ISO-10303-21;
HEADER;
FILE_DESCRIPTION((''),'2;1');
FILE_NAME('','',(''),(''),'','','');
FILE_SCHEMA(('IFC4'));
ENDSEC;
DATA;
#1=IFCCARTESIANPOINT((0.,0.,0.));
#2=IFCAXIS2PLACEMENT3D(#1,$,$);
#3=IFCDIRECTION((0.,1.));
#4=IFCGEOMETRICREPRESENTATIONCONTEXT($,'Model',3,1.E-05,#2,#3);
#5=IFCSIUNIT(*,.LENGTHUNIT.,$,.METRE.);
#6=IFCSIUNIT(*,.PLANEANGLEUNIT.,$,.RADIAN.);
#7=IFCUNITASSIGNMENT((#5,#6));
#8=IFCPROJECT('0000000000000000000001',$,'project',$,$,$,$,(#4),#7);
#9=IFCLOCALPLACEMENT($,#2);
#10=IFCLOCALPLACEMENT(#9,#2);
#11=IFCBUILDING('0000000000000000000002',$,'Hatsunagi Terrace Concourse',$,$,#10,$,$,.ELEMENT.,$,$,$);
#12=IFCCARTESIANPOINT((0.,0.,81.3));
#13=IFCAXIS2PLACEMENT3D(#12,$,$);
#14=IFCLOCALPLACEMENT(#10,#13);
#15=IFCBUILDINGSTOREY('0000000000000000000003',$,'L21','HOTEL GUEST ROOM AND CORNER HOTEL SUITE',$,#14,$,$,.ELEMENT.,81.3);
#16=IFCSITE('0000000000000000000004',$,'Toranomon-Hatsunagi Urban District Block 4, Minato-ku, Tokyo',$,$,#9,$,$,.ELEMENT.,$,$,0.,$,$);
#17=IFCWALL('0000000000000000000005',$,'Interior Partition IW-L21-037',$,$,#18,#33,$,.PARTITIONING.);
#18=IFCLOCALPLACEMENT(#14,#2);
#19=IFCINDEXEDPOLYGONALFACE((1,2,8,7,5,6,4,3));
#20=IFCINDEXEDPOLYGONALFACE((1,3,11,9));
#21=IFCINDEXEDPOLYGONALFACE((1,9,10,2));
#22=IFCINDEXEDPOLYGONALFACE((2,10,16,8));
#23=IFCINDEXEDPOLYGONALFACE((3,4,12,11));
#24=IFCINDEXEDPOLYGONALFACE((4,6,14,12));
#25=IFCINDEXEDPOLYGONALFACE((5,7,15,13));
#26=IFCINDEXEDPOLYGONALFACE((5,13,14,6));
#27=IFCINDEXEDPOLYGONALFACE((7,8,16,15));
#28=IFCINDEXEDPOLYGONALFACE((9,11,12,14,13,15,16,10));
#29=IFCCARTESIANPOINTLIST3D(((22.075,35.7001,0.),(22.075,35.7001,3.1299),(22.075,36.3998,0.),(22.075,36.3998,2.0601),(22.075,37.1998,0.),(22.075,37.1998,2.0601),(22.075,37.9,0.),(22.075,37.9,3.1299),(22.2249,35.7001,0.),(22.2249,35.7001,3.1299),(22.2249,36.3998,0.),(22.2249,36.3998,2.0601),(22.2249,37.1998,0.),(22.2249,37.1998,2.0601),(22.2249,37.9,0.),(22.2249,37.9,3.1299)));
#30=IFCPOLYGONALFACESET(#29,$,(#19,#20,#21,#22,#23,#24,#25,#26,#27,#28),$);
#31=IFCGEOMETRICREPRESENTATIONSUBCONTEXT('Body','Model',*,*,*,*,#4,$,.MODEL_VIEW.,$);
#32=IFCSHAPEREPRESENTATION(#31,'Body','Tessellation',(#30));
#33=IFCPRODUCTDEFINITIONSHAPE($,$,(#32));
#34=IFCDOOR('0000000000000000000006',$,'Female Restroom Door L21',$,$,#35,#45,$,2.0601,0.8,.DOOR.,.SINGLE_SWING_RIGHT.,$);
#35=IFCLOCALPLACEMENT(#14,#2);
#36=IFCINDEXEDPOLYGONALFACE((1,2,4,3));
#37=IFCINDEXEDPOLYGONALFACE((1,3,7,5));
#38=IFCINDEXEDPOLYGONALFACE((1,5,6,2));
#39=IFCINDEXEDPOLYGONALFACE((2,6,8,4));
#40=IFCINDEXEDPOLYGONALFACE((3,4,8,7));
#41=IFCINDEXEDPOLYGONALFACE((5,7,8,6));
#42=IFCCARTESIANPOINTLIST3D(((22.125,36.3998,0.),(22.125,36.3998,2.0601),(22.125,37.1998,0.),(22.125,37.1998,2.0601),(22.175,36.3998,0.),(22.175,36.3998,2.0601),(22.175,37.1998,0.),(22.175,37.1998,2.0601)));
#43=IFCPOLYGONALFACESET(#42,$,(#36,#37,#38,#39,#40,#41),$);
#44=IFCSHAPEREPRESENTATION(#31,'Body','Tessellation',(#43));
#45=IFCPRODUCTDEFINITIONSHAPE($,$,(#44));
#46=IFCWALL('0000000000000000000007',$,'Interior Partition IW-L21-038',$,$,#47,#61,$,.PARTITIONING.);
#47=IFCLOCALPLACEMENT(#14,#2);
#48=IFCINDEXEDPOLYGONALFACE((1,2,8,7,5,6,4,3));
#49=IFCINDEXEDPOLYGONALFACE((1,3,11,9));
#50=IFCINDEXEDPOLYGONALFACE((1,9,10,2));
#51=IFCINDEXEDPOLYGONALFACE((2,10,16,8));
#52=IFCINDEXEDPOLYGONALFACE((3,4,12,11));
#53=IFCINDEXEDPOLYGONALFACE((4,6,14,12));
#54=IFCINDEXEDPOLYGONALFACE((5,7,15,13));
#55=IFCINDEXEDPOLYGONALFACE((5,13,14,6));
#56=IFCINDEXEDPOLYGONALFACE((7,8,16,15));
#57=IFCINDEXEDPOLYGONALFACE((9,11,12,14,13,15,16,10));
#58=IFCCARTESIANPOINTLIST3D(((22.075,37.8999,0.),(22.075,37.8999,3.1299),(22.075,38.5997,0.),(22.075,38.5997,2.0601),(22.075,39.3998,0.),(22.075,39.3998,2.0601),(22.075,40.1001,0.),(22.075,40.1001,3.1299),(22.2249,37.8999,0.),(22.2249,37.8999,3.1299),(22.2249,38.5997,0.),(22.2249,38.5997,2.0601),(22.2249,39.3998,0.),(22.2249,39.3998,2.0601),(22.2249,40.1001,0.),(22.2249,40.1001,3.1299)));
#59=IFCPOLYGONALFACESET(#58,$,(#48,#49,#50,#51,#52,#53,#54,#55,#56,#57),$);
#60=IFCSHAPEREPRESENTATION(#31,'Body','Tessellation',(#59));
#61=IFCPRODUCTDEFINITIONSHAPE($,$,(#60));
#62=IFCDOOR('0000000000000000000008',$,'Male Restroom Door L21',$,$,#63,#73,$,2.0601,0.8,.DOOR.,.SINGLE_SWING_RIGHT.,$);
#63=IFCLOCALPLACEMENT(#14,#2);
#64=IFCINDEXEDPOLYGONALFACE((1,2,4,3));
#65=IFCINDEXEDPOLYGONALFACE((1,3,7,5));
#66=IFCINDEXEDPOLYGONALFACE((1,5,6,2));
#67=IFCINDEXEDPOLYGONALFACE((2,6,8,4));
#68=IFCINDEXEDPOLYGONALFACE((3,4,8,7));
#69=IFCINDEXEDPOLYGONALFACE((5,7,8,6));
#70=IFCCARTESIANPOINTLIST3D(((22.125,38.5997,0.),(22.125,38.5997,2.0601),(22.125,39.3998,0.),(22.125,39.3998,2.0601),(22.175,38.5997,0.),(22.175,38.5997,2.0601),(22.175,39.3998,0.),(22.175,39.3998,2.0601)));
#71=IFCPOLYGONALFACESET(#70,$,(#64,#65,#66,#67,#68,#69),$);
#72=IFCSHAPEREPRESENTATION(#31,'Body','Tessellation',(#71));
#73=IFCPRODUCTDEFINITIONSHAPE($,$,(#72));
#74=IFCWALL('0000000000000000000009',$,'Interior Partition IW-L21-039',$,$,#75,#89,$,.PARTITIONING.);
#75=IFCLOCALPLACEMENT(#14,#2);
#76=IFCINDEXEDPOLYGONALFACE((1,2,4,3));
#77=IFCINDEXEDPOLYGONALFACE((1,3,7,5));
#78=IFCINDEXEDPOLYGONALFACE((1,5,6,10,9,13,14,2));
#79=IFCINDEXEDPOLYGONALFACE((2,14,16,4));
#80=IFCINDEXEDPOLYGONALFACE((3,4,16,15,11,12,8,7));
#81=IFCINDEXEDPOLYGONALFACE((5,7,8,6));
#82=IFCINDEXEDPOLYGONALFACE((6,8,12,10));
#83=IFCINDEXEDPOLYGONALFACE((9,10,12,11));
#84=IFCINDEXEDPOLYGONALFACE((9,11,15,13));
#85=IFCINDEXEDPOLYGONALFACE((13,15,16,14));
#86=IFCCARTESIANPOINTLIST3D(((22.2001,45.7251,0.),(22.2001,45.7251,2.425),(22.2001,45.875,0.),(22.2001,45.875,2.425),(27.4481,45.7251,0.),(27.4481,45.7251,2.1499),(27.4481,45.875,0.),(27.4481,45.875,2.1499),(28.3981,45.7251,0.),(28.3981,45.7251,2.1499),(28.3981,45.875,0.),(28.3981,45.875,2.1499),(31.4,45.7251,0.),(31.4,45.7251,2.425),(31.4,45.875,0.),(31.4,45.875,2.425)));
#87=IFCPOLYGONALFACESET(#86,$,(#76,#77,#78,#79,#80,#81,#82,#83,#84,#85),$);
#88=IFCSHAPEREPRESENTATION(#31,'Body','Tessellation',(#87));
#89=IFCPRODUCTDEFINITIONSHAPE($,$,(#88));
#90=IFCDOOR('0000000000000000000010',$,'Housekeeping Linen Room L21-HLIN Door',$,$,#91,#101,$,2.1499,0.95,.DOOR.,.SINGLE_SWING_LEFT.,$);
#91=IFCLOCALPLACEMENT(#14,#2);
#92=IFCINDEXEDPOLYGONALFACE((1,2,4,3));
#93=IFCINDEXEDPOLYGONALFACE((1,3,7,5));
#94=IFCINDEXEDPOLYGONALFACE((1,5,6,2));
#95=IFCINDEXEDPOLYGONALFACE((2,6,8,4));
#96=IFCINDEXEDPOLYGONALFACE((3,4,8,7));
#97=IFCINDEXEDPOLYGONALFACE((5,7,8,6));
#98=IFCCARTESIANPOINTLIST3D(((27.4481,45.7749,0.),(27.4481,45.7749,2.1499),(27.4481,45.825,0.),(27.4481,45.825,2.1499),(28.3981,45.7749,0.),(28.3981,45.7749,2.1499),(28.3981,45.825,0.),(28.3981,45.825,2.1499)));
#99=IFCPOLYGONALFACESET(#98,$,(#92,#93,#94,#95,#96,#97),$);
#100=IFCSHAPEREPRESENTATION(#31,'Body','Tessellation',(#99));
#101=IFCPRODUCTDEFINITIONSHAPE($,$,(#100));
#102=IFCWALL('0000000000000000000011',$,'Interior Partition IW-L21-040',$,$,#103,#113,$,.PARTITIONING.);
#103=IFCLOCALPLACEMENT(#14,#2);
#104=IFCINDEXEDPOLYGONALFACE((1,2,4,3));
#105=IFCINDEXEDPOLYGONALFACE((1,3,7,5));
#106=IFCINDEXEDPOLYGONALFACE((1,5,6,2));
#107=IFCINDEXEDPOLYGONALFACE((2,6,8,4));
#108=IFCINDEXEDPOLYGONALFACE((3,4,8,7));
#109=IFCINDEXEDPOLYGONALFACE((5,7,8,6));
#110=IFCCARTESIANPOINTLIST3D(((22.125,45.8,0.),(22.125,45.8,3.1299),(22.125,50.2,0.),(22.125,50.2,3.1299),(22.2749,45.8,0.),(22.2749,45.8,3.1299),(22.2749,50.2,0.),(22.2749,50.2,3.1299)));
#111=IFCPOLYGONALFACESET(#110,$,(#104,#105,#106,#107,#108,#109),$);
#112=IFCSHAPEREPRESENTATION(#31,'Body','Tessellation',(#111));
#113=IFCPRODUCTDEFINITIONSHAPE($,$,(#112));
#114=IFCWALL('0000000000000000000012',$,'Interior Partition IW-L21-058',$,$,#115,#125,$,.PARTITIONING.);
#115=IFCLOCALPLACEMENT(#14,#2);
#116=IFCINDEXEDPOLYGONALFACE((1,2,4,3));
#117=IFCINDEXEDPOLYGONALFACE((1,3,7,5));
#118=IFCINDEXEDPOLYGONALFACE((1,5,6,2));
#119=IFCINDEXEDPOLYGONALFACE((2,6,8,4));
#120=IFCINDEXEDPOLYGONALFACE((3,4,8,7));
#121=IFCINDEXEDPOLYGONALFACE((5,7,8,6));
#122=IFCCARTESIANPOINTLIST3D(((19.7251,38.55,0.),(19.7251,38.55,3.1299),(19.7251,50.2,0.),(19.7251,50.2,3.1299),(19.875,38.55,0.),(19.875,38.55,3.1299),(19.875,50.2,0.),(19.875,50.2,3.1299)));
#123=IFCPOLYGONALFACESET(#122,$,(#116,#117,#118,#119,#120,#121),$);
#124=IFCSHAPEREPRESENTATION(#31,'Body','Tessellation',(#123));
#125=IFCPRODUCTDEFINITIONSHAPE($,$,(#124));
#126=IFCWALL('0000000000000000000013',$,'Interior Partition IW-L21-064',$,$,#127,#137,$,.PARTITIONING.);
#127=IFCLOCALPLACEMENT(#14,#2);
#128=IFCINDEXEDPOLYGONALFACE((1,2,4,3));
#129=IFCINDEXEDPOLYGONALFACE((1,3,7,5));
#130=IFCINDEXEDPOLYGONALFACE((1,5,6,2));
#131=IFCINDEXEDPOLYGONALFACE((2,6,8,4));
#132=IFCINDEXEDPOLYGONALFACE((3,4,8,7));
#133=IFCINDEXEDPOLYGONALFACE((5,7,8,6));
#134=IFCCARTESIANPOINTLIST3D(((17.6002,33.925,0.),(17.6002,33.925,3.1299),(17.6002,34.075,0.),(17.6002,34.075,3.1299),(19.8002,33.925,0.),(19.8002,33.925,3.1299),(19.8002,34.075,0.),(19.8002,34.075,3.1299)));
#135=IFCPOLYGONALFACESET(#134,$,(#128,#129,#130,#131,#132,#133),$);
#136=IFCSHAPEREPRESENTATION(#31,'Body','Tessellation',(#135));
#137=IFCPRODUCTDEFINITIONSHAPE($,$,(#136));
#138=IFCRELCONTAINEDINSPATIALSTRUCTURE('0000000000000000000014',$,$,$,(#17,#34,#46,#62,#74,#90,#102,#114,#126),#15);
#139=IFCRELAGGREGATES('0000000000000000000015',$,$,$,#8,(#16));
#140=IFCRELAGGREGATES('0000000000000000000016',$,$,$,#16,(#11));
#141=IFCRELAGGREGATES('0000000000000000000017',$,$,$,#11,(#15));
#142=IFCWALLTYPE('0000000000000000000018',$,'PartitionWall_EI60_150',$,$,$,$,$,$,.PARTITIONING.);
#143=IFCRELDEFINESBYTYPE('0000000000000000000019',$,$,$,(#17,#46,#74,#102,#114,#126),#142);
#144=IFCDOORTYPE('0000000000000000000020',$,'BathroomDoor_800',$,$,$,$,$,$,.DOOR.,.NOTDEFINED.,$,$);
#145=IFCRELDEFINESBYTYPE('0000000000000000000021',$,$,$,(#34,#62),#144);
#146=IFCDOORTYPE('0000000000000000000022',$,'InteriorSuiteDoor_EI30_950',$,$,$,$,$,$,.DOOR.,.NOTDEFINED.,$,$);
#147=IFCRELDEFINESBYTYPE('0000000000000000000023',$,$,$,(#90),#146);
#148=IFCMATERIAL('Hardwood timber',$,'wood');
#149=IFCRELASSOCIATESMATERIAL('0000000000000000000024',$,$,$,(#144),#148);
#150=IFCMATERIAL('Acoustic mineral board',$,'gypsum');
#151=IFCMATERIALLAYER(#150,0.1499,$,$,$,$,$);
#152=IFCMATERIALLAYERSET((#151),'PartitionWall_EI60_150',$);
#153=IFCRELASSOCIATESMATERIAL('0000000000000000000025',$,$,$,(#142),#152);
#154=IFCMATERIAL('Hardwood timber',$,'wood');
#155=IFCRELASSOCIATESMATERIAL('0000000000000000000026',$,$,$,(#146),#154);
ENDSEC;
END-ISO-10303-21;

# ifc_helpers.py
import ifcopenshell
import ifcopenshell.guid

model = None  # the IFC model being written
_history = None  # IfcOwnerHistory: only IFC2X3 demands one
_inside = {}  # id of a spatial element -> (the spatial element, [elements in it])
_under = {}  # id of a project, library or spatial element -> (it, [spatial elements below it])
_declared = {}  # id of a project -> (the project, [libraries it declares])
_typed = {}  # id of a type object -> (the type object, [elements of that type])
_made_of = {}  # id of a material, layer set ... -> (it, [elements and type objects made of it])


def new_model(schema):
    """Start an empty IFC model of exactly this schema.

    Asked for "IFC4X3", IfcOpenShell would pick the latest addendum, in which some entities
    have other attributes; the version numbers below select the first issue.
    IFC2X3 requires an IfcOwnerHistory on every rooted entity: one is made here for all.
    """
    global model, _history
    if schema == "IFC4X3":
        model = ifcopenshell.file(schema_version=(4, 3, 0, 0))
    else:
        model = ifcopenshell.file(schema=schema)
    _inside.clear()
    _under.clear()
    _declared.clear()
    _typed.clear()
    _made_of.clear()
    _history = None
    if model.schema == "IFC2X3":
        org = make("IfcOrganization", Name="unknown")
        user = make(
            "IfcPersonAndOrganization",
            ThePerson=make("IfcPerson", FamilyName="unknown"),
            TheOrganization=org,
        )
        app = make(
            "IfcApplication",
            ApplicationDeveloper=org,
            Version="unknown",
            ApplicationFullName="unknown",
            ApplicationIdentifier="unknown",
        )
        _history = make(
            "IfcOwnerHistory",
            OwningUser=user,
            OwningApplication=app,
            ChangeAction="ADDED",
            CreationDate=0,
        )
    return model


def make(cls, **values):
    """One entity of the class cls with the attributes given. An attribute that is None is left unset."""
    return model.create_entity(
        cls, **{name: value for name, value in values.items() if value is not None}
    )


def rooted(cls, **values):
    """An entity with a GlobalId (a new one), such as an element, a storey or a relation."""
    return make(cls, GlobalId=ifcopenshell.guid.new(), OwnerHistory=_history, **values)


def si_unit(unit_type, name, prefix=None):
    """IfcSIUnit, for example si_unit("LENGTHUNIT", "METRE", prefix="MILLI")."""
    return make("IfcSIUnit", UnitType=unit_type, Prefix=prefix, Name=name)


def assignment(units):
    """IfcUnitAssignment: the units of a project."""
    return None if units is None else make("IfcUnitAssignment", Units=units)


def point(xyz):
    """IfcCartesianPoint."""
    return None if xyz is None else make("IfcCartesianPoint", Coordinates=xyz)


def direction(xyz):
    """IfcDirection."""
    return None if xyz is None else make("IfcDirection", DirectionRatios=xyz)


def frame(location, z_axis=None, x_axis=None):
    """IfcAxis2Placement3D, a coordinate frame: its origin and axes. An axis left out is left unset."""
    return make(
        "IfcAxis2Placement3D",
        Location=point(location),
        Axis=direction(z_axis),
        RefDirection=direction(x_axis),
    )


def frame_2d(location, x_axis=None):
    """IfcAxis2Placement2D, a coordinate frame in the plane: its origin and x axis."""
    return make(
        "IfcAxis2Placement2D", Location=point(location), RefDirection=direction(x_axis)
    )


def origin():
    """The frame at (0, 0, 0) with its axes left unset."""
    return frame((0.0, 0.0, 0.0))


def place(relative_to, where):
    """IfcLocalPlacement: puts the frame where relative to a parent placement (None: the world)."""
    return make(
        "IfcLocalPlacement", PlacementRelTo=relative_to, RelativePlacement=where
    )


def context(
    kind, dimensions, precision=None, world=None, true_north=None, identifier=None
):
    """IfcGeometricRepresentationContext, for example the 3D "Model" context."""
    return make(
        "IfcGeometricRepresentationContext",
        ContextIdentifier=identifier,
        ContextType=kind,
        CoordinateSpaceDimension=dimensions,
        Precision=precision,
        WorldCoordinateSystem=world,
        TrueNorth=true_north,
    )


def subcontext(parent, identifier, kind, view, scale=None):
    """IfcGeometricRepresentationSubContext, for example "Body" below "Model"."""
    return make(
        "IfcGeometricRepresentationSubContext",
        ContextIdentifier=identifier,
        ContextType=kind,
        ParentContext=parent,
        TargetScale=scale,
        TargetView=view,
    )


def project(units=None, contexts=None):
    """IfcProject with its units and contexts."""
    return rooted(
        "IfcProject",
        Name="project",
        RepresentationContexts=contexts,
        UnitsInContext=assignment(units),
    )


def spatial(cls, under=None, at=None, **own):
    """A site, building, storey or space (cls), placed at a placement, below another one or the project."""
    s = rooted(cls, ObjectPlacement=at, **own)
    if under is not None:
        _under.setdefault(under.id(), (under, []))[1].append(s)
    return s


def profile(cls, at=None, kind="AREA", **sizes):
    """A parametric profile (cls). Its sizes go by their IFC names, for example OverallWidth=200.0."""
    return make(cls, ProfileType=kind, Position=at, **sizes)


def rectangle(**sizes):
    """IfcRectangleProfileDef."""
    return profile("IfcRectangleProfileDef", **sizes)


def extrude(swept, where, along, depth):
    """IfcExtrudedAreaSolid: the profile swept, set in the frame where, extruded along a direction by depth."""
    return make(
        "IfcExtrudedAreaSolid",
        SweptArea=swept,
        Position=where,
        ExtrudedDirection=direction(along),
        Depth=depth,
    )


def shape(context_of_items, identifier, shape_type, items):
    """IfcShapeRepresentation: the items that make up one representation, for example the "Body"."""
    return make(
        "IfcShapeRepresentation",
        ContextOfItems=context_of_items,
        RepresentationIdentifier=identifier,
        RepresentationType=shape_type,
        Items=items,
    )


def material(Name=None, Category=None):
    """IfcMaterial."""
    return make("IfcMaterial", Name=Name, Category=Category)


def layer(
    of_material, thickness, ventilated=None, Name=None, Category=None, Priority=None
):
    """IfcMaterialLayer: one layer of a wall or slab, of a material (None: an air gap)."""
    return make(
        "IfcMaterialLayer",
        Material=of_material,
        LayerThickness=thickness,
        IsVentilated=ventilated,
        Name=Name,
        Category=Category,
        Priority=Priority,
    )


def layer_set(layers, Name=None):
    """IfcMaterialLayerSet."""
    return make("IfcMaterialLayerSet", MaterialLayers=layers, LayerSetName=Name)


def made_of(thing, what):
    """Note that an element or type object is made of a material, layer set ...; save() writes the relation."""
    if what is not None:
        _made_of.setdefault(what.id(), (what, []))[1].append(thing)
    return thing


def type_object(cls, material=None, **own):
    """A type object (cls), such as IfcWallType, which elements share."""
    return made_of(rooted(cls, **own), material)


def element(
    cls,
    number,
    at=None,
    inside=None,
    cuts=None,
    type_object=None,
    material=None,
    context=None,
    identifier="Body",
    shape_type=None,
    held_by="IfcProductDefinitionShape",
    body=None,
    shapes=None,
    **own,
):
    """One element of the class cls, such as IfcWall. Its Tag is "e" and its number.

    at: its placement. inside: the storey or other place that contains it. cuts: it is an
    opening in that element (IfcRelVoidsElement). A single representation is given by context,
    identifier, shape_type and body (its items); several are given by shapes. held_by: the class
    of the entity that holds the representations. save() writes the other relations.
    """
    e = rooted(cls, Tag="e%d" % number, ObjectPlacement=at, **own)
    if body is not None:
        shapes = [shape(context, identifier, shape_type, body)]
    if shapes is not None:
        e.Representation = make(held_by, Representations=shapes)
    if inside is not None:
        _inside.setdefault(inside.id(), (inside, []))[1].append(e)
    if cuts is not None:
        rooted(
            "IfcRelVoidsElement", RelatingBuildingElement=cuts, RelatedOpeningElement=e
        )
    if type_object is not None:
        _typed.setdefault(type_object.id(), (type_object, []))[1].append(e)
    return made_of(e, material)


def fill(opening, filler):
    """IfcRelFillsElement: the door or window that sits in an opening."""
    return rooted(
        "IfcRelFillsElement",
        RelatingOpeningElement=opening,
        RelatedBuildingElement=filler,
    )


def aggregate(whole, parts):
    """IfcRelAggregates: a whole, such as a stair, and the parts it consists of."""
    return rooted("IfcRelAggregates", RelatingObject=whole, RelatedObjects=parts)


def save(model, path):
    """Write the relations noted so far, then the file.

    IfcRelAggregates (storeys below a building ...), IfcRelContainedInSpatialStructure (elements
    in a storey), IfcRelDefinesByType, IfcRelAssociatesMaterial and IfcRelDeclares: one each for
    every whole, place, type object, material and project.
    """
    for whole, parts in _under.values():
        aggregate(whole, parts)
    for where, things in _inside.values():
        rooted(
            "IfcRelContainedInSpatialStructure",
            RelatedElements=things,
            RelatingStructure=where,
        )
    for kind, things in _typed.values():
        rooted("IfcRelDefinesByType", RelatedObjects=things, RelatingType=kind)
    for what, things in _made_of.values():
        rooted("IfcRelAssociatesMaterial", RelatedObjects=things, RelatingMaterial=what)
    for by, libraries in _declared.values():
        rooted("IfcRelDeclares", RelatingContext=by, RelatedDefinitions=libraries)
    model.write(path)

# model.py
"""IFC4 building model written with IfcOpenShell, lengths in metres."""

from ifc_helpers import new_model, si_unit, direction, frame, frame_2d, origin, place, context, subcontext, project, spatial, rectangle, extrude, material, layer, layer_set, type_object, element, fill, save


model = new_model("IFC4")

# Units and contexts
model_context = context("Model", 3, precision=1e-05, world=origin(), true_north=direction((0.0, 1.0)))
body_context = subcontext(model_context, "Body", "Model", "MODEL_VIEW")
ifc_project = project(units=[si_unit("LENGTHUNIT", "METRE"), si_unit("PLANEANGLEUNIT", "RADIAN")], contexts=[model_context])

# Site, building, storey
site_placement = place(None, origin())
site = spatial("IfcSite", under=ifc_project, at=site_placement, Name="Toranomon-Hatsunagi Urban District Block 4, Minato-ku, Tokyo", CompositionType="ELEMENT", RefElevation=0.0)
building_placement = place(site_placement, origin())
building = spatial("IfcBuilding", under=site, at=building_placement, Name="Hatsunagi Terrace Concourse", CompositionType="ELEMENT")
storey_placement = place(building_placement, frame((0.0, 0.0, 81.3)))
storey = spatial("IfcBuildingStorey", under=building, at=storey_placement, Name="L21", Description="HOTEL GUEST ROOM AND CORNER HOTEL SUITE", CompositionType="ELEMENT", Elevation=81.3)

# Shared definitions
ifc_material_1 = material(Name="Hardwood timber", Category="wood")
door_type_1 = type_object("IfcDoorType", Name="BathroomDoor_800", OperationType="NOTDEFINED", PredefinedType="DOOR", material=ifc_material_1)

# Shared definitions
ifc_material_2 = material(Name="Acoustic mineral board", Category="gypsum")
ifc_layer_1 = layer(ifc_material_2, 0.1499)
ifc_layer_set_1 = layer_set([ifc_layer_1], Name="PartitionWall_EI60_150")
wall_type_1 = type_object("IfcWallType", Name="PartitionWall_EI60_150", PredefinedType="PARTITIONING", material=ifc_layer_set_1)

# Walls, openings, doors
wall_1_placement = place(storey_placement, frame((22.1499, 35.7, 0.0), z_axis=(0.0, 0.0, 1.0), x_axis=(0.0, 1.0, 0.0)))
wall_1 = element("IfcWall", 1, at=wall_1_placement, inside=storey, type_object=wall_type_1, Name="Interior Partition IW-L21-037", PredefinedType="PARTITIONING", context=body_context, shape_type="SweptSolid", body=[
    extrude(rectangle(XDim=2.2, YDim=0.1499, at=frame_2d((1.1001, 0.0))), origin(), (0.0, 0.0, 1.0), 3.1299),
])
opening_1_placement = place(wall_1_placement, frame((0.7, 0.0, 0.0)))
opening_1 = element("IfcOpeningElement", 2, at=opening_1_placement, cuts=wall_1, PredefinedType="OPENING", context=body_context, shape_type="SweptSolid", body=[
    extrude(rectangle(XDim=0.8, YDim=2.0601, at=frame_2d((0.3999, 1.03))), frame((0.0, 0.085, 0.0), z_axis=(0.0, -1.0, 0.0), x_axis=(1.0, 0.0, 0.0)), (0.0, 0.0, 1.0), 0.1699),
])
door_1_placement = place(opening_1_placement, origin())
door_1 = element("IfcDoor", 3, at=door_1_placement, inside=storey, type_object=door_type_1, Name="Female Restroom Door L21", OperationType="SINGLE_SWING_RIGHT", OverallHeight=2.0601, OverallWidth=0.8, PredefinedType="DOOR", context=body_context, shape_type="SweptSolid", body=[
    extrude(rectangle(XDim=0.8, YDim=2.0601, at=frame_2d((0.3999, 1.03))), frame((0.0, 0.0249, 0.0), z_axis=(0.0, -1.0, 0.0), x_axis=(1.0, 0.0, 0.0)), (0.0, 0.0, 1.0), 0.05),
])
fill(opening_1, door_1)
wall_2_placement = place(storey_placement, frame((22.1499, 37.8999, 0.0), z_axis=(0.0, 0.0, 1.0), x_axis=(0.0, 1.0, 0.0)))
wall_2 = element("IfcWall", 4, at=wall_2_placement, inside=storey, type_object=wall_type_1, Name="Interior Partition IW-L21-038", PredefinedType="PARTITIONING", context=body_context, shape_type="SweptSolid", body=[
    extrude(rectangle(XDim=2.2002, YDim=0.1499, at=frame_2d((1.1001, 0.0))), origin(), (0.0, 0.0, 1.0), 3.1299),
])
opening_2_placement = place(wall_2_placement, frame((0.7, 0.0, 0.0)))
opening_2 = element("IfcOpeningElement", 5, at=opening_2_placement, cuts=wall_2, PredefinedType="OPENING", context=body_context, shape_type="SweptSolid", body=[
    extrude(rectangle(XDim=0.8, YDim=2.0601, at=frame_2d((0.3999, 1.03))), frame((0.0, 0.085, 0.0), z_axis=(0.0, -1.0, 0.0), x_axis=(1.0, 0.0, 0.0)), (0.0, 0.0, 1.0), 0.1699),
])
door_2_placement = place(opening_2_placement, origin())
door_2 = element("IfcDoor", 6, at=door_2_placement, inside=storey, type_object=door_type_1, Name="Male Restroom Door L21", OperationType="SINGLE_SWING_RIGHT", OverallHeight=2.0601, OverallWidth=0.8, PredefinedType="DOOR", context=body_context, shape_type="SweptSolid", body=[
    extrude(rectangle(XDim=0.8, YDim=2.0601, at=frame_2d((0.3999, 1.03))), frame((0.0, 0.0249, 0.0), z_axis=(0.0, -1.0, 0.0), x_axis=(1.0, 0.0, 0.0)), (0.0, 0.0, 1.0), 0.05),
])
fill(opening_2, door_2)
wall_3_placement = place(storey_placement, frame((22.2, 45.8, 0.0), z_axis=(0.0, 0.0, 1.0), x_axis=(1.0, 0.0, 0.0)))
wall_3 = element("IfcWall", 7, at=wall_3_placement, inside=storey, type_object=wall_type_1, Name="Interior Partition IW-L21-039", PredefinedType="PARTITIONING", context=body_context, shape_type="SweptSolid", body=[
    extrude(rectangle(XDim=9.2, YDim=0.1499, at=frame_2d((4.6001, 0.0))), origin(), (0.0, 0.0, 1.0), 2.425),
])
opening_3_placement = place(wall_3_placement, frame((5.248, 0.0, 0.0)))
opening_3 = element("IfcOpeningElement", 8, at=opening_3_placement, cuts=wall_3, PredefinedType="OPENING", context=body_context, shape_type="SweptSolid", body=[
    extrude(rectangle(XDim=0.95, YDim=2.1499, at=frame_2d((0.4751, 1.075))), frame((0.0, 0.085, 0.0), z_axis=(0.0, -1.0, 0.0), x_axis=(1.0, 0.0, 0.0)), (0.0, 0.0, 1.0), 0.1699),
])
ifc_material_3 = material(Name="Hardwood timber", Category="wood")
door_type_2 = type_object("IfcDoorType", Name="InteriorSuiteDoor_EI30_950", OperationType="NOTDEFINED", PredefinedType="DOOR", material=ifc_material_3)
door_3_placement = place(opening_3_placement, origin())
door_3 = element("IfcDoor", 9, at=door_3_placement, inside=storey, type_object=door_type_2, Name="Housekeeping Linen Room L21-HLIN Door", OperationType="SINGLE_SWING_LEFT", OverallHeight=2.1499, OverallWidth=0.95, PredefinedType="DOOR", context=body_context, shape_type="SweptSolid", body=[
    extrude(rectangle(XDim=0.95, YDim=2.1499, at=frame_2d((0.4751, 1.075))), frame((0.0, 0.0249, 0.0), z_axis=(0.0, -1.0, 0.0), x_axis=(1.0, 0.0, 0.0)), (0.0, 0.0, 1.0), 0.05),
])
fill(opening_3, door_3)

# Wall
wall_4_placement = place(storey_placement, frame((22.2, 45.8, 0.0), z_axis=(0.0, 0.0, 1.0), x_axis=(0.0, 1.0, 0.0)))
element("IfcWall", 10, at=wall_4_placement, inside=storey, type_object=wall_type_1, Name="Interior Partition IW-L21-040", PredefinedType="PARTITIONING", context=body_context, shape_type="SweptSolid", body=[
    extrude(rectangle(XDim=4.3999, YDim=0.1499, at=frame_2d((2.2, 0.0))), origin(), (0.0, 0.0, 1.0), 3.1299),
])

# Walls
wall_5_placement = place(storey_placement, frame((19.8, 38.55, 0.0), z_axis=(0.0, 0.0, 1.0), x_axis=(0.0, 1.0, 0.0)))
element("IfcWall", 11, at=wall_5_placement, inside=storey, type_object=wall_type_1, Name="Interior Partition IW-L21-058", PredefinedType="PARTITIONING", context=body_context, shape_type="SweptSolid", body=[
    extrude(rectangle(XDim=11.6499, YDim=0.1499, at=frame_2d((5.825, 0.0))), origin(), (0.0, 0.0, 1.0), 3.1299),
])
wall_6_placement = place(storey_placement, frame((17.6001, 34.0, 0.0), z_axis=(0.0, 0.0, 1.0), x_axis=(1.0, 0.0, 0.0)))
element("IfcWall", 12, at=wall_6_placement, inside=storey, type_object=wall_type_1, Name="Interior Partition IW-L21-064", PredefinedType="PARTITIONING", context=body_context, shape_type="SweptSolid", body=[
    extrude(rectangle(XDim=2.2, YDim=0.1499, at=frame_2d((1.1001, 0.0))), origin(), (0.0, 0.0, 1.0), 3.1299),
])

save(model, "model.ifc")
